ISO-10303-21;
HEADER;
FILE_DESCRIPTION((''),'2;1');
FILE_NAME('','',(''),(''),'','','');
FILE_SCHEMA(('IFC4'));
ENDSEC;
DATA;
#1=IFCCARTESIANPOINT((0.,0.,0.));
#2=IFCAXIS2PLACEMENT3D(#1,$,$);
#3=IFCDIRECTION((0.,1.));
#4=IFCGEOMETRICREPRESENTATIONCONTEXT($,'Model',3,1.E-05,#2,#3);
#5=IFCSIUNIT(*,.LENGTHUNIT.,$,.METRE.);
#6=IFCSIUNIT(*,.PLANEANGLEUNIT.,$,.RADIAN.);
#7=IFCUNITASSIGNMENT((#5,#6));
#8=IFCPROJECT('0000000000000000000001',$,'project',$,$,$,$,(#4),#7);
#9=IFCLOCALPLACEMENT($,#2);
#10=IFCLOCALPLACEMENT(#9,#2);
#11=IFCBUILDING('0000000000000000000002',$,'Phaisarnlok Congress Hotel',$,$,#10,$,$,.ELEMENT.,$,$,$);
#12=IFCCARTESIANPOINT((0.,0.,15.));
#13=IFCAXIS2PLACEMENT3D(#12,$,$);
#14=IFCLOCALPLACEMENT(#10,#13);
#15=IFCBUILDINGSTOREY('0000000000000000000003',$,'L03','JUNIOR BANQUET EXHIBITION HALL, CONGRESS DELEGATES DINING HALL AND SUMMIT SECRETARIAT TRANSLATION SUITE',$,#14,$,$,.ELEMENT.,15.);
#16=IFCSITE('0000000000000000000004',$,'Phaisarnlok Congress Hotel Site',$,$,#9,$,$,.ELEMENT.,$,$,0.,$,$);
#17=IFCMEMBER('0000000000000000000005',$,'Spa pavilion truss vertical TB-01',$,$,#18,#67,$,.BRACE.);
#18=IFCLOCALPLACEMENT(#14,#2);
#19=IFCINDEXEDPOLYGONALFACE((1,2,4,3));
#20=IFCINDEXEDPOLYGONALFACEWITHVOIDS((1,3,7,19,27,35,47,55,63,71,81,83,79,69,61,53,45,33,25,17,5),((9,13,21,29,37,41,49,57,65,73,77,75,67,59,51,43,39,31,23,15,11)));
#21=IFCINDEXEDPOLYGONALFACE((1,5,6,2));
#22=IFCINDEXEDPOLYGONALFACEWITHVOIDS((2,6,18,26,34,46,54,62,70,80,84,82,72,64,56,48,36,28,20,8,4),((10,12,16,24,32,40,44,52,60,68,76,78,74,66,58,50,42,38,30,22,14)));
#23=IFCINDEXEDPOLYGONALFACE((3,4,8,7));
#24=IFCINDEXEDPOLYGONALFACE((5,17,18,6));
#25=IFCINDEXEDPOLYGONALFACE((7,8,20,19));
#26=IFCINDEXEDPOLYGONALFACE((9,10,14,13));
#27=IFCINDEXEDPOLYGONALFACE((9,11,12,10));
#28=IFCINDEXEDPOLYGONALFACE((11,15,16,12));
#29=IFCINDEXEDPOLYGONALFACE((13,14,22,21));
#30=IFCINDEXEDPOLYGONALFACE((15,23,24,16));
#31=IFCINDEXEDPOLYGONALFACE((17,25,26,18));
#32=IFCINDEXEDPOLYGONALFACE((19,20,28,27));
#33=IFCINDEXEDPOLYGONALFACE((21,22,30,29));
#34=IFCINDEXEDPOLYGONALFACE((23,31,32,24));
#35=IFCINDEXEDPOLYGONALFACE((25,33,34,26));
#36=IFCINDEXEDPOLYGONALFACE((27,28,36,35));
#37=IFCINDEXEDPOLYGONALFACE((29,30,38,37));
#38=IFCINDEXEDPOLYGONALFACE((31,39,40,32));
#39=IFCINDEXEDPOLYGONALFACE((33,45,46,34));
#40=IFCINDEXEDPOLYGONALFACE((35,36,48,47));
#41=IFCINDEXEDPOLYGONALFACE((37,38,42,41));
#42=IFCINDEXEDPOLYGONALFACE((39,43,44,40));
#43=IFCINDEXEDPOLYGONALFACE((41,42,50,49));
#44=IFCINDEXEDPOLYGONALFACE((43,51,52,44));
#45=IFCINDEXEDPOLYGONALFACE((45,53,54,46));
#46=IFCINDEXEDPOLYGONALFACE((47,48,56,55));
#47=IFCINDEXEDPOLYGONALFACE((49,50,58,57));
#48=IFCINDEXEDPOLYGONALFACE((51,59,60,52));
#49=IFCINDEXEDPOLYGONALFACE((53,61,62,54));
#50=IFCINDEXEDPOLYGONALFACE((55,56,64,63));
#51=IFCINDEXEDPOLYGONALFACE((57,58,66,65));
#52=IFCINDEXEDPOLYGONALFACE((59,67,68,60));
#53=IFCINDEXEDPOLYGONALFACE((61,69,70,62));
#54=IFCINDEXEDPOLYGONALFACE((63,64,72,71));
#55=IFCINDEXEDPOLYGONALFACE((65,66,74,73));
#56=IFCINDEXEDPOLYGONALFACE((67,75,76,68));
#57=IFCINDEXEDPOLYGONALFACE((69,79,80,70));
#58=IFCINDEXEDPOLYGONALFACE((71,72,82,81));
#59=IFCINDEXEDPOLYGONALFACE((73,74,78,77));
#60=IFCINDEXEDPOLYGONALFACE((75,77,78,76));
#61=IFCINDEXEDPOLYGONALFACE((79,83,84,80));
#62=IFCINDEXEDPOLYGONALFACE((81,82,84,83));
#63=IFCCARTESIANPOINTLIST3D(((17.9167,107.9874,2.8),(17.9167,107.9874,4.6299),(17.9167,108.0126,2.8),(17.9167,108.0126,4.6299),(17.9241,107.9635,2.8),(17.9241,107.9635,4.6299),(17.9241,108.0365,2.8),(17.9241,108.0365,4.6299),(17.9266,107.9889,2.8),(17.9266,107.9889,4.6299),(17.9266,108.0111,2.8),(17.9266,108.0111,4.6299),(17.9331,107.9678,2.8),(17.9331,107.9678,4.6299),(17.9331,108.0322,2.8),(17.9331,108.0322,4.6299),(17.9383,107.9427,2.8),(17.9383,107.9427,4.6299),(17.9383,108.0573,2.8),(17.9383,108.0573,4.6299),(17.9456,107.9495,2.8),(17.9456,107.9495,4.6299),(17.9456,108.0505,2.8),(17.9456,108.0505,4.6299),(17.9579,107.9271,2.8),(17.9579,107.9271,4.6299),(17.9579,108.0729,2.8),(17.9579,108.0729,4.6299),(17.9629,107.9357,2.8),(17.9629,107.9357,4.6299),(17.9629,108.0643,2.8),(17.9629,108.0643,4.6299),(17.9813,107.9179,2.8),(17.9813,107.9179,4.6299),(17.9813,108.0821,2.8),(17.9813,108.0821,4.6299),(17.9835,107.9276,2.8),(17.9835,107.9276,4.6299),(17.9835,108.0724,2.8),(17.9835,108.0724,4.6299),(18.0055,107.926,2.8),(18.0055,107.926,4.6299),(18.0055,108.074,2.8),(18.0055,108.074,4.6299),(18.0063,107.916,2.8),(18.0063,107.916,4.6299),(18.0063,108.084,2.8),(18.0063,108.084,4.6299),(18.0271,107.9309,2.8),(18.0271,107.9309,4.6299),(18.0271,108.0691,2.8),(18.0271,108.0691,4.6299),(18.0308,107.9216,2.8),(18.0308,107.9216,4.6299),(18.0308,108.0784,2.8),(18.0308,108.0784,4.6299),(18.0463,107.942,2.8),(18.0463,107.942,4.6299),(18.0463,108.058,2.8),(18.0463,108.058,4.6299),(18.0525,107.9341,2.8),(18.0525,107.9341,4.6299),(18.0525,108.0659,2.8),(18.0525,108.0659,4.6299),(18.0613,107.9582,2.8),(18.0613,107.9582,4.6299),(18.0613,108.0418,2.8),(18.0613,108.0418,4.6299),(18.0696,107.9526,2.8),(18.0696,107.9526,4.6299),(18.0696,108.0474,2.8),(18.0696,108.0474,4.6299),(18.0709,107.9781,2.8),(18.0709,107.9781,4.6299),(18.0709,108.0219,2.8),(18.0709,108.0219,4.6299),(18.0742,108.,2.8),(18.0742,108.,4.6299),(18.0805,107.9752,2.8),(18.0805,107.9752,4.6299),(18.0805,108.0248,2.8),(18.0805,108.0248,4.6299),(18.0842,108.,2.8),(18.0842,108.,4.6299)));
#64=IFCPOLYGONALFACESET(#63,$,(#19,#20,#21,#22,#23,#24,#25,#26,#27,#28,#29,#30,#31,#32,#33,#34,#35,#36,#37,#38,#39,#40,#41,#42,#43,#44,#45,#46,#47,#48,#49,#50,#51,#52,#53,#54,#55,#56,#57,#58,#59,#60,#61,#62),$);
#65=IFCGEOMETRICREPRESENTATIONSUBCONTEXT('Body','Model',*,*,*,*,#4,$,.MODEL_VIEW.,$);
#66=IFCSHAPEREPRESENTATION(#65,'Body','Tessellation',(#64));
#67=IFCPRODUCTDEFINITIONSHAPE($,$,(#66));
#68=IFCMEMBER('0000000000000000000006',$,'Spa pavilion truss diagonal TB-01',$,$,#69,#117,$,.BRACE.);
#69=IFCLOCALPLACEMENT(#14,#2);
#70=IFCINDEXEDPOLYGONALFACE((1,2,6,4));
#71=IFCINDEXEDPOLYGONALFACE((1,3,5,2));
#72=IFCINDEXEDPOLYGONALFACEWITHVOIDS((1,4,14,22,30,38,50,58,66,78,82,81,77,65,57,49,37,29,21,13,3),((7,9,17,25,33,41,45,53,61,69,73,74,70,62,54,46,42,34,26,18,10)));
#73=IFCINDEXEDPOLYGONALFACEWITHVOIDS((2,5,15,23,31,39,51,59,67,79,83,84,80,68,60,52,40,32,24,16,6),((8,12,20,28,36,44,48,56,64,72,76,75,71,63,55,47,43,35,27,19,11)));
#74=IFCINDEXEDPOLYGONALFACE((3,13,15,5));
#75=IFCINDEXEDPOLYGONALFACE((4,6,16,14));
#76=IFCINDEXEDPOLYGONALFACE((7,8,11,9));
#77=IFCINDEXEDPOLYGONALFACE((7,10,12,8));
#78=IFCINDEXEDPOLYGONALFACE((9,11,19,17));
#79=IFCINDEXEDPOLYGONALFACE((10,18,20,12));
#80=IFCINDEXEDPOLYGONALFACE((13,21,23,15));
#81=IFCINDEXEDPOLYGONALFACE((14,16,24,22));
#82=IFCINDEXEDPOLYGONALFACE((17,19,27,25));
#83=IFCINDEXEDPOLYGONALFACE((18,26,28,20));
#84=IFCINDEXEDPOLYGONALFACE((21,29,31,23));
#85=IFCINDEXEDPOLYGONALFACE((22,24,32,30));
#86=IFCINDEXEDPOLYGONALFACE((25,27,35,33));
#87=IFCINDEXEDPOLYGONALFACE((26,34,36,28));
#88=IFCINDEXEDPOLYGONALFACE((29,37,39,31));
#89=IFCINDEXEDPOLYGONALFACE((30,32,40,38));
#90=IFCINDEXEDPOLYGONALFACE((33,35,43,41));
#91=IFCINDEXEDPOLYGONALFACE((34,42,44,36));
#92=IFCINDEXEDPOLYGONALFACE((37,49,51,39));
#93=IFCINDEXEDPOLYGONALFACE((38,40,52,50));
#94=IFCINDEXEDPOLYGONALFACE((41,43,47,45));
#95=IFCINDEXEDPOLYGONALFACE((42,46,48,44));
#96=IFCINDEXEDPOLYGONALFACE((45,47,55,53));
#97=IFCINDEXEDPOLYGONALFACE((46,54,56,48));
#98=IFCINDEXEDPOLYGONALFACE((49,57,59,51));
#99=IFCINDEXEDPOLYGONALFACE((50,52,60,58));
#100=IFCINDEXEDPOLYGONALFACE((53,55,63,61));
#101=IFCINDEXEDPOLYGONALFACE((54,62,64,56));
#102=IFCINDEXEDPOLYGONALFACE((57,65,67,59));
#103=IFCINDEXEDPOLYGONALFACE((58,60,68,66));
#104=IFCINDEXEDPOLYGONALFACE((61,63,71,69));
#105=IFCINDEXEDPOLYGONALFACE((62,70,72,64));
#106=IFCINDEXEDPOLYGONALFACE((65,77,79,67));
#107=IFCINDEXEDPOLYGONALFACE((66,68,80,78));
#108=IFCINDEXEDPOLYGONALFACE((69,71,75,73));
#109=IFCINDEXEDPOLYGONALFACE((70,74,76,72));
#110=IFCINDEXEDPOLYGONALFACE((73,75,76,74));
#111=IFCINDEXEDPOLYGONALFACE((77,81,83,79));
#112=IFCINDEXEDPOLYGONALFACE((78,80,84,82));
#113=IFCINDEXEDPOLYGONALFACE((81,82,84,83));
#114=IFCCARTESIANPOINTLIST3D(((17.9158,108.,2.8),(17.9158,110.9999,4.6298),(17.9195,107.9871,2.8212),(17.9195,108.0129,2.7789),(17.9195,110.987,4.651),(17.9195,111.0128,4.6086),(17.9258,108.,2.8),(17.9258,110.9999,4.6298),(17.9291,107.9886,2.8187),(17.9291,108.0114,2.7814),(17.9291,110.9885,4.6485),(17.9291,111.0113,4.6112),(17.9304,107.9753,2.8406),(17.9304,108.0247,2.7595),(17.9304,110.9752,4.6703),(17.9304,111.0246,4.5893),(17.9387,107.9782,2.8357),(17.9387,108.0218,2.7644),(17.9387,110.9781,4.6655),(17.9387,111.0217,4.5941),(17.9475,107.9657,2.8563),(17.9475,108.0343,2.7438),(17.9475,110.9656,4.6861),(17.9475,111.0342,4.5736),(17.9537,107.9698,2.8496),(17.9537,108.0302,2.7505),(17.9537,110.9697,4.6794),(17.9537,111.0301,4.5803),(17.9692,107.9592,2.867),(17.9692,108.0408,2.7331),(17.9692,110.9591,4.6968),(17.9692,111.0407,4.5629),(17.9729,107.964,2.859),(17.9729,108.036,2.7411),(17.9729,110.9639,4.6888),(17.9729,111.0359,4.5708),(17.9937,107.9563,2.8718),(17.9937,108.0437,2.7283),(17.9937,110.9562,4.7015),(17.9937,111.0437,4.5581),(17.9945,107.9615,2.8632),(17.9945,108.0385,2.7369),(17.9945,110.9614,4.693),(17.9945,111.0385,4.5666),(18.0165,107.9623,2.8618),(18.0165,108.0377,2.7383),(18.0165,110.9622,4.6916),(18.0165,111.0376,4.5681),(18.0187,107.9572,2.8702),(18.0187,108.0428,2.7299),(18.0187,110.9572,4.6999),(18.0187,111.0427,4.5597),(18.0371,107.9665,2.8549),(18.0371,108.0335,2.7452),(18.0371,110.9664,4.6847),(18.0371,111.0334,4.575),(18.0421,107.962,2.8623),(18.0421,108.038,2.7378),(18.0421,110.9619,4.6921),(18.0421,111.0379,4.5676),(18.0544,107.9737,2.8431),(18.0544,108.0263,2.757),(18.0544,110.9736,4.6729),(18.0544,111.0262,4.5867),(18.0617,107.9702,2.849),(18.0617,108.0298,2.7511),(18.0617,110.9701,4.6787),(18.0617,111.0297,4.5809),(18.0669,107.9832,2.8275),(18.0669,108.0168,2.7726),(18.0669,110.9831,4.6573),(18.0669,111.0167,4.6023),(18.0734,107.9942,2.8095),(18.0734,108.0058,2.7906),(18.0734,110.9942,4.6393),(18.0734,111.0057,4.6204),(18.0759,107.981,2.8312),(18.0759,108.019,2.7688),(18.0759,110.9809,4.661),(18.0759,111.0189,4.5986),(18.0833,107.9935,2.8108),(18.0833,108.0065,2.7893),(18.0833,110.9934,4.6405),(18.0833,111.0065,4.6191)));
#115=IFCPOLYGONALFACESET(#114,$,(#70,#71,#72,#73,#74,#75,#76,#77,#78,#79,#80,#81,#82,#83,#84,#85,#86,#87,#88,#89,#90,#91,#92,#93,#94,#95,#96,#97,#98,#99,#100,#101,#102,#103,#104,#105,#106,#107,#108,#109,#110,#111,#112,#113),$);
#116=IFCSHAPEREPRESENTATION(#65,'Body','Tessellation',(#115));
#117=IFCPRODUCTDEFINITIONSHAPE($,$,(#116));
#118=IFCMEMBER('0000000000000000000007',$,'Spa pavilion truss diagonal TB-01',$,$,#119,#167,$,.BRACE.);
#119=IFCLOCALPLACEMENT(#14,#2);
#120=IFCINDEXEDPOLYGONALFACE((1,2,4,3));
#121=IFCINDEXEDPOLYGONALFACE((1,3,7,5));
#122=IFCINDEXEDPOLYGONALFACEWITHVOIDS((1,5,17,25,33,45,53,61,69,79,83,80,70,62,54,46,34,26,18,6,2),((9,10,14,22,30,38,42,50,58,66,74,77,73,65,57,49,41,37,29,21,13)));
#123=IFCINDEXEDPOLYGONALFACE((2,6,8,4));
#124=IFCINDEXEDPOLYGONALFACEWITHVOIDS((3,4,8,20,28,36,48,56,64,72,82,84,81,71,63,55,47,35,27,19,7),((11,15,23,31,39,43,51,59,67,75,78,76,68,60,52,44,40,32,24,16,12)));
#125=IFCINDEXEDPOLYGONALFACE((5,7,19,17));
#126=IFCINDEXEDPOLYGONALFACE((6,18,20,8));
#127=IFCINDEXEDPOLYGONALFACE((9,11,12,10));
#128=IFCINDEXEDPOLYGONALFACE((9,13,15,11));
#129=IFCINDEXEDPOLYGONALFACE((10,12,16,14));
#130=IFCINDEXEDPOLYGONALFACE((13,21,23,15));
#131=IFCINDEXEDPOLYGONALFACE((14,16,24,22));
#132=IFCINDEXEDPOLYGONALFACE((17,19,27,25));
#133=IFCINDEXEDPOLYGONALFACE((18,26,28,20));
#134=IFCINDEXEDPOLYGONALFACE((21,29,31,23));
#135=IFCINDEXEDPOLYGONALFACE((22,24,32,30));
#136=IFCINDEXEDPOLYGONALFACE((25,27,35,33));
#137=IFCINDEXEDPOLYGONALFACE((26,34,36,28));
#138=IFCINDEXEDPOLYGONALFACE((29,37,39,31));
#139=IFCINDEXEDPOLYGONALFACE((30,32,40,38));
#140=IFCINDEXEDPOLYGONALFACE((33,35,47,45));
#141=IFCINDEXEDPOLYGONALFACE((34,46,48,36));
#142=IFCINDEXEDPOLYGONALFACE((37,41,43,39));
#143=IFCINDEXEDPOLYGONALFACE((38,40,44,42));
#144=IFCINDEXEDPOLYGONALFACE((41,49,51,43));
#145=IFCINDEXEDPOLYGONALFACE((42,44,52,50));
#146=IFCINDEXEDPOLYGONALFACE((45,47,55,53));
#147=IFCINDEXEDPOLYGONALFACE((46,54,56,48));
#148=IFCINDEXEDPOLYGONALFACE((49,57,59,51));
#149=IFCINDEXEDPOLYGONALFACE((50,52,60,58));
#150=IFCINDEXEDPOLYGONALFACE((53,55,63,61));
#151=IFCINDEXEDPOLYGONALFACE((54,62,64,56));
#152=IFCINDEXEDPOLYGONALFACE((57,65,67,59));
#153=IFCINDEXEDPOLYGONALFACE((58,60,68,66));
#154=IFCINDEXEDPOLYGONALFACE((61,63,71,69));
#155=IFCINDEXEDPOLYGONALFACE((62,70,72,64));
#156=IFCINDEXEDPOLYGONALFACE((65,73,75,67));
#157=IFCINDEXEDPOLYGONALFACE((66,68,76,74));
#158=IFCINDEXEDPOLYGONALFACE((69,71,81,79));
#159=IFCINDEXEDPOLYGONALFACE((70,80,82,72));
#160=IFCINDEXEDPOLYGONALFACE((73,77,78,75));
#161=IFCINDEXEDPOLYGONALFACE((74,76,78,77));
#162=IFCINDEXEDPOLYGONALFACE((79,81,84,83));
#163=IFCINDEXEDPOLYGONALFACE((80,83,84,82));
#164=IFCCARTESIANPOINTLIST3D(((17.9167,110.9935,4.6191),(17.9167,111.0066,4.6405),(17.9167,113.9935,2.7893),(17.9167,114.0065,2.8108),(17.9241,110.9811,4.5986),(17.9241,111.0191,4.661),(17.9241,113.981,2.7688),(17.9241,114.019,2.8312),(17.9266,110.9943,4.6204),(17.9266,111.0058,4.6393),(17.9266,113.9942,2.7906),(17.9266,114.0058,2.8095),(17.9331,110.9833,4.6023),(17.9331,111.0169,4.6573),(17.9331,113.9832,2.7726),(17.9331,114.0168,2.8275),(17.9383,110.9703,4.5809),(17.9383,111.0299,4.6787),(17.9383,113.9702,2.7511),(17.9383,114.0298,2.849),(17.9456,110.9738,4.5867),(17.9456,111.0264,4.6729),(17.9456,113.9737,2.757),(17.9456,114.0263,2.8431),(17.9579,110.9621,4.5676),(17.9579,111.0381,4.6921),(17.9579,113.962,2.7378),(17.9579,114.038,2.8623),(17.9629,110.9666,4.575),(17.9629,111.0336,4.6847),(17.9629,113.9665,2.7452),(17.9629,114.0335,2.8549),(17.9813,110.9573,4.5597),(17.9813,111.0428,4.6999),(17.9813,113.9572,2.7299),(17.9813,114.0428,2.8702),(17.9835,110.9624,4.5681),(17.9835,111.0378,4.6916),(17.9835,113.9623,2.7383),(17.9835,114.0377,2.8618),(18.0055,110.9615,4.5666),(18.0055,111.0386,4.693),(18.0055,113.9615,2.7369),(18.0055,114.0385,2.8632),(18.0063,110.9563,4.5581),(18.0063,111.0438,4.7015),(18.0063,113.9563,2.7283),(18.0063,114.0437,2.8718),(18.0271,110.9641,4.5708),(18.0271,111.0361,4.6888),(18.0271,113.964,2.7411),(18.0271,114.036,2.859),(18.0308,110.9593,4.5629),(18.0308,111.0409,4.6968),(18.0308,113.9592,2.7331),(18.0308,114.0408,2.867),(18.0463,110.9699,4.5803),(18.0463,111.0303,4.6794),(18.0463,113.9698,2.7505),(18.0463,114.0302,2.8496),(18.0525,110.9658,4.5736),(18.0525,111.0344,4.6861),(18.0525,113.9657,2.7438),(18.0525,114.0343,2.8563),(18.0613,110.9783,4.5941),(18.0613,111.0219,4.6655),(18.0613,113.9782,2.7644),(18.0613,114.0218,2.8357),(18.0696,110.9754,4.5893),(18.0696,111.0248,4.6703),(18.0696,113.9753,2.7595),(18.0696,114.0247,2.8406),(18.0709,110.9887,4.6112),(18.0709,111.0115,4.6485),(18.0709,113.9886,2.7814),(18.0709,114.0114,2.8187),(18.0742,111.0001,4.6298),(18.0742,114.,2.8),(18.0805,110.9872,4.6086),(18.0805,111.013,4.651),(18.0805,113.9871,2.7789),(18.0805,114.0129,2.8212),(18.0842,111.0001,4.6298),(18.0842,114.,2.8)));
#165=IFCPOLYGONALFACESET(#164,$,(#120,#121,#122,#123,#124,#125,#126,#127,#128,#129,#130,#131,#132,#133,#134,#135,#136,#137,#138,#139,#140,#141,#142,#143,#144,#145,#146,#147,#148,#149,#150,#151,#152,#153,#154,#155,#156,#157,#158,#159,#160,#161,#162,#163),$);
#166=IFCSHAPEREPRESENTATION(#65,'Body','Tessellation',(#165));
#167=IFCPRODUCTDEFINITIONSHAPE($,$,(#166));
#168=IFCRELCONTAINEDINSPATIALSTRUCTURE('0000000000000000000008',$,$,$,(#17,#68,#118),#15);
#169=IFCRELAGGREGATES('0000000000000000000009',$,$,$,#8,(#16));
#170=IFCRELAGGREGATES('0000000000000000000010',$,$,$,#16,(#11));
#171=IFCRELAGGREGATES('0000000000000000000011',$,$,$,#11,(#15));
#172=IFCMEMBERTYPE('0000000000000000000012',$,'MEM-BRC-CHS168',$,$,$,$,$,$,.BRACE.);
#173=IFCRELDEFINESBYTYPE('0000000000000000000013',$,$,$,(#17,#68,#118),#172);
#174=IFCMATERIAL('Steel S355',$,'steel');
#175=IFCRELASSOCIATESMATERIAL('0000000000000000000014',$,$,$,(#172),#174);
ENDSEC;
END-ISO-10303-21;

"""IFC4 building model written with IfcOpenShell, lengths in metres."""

from ifc_helpers import new_model, si_unit, direction, frame, origin, origin_2d, place, context, subcontext, project, spatial, hollow_circle, extrude, material, material_profile, profile_set, type_object, element, save


model = new_model("IFC4")

# Units and contexts
model_context = context("Model", 3, precision=1e-05, world=origin(), true_north=direction((0.0, 1.0)))
body_context = subcontext(model_context, "Body", "Model", "MODEL_VIEW")
ifc_project = project(units=[si_unit("LENGTHUNIT", "METRE"), si_unit("PLANEANGLEUNIT", "RADIAN")], contexts=[model_context])

# Site, building, storey
site_placement = place(None, origin())
site = spatial("IfcSite", under=ifc_project, at=site_placement, Name="Phaisarnlok Congress Hotel Site", CompositionType="ELEMENT", RefElevation=0.0)
building_placement = place(site_placement, origin())
building = spatial("IfcBuilding", under=site, at=building_placement, Name="Phaisarnlok Congress Hotel", CompositionType="ELEMENT")
storey_placement = place(building_placement, frame((0.0, 0.0, 15.0)))
storey = spatial("IfcBuildingStorey", under=building, at=storey_placement, Name="L03", Description="JUNIOR BANQUET EXHIBITION HALL, CONGRESS DELEGATES DINING HALL AND SUMMIT SECRETARIAT TRANSLATION SUITE", CompositionType="ELEMENT", Elevation=15.0)

# Members
ifc_material_1 = material(Name="Steel S355", Category="steel")
ifc_material_profile_1 = material_profile(ifc_material_1, hollow_circle(Radius=0.0842, WallThickness=0.01, at=origin_2d()), Name="CHS 168.3x10")
ifc_profile_set_1 = profile_set([ifc_material_profile_1], Name="Steel S355")
member_type_1 = type_object("IfcMemberType", Name="MEM-BRC-CHS168", PredefinedType="BRACE", material=ifc_profile_set_1)
member_1_placement = place(storey_placement, frame((18.0, 108.0, 2.8), z_axis=(0.0, 0.0, 1.0), x_axis=(1.0, 0.0, 0.0)))
element("IfcMember", 1, at=member_1_placement, inside=storey, type_object=member_type_1, Name="Spa pavilion truss vertical TB-01", PredefinedType="BRACE", context=body_context, shape_type="SweptSolid", body=[
    extrude(hollow_circle(Radius=0.0842, WallThickness=0.01, at=origin_2d()), origin(), (0.0, 0.0, 1.0), 1.8298),
])
for number, where, z_axis, x_axis, name in (
    (2, (18.0, 108.0, 2.8), (0.0, 0.853725, 0.520725), (-1.0, 0.0, 0.0), "Spa pavilion truss diagonal TB-01"),
    (3, (18.0, 114.0, 2.8), (0.0, -0.853725, 0.520725), (1.0, 0.0, 0.0), "Spa pavilion truss diagonal TB-01"),
):
    element("IfcMember", number, at=place(storey_placement, frame(where, z_axis=z_axis, x_axis=x_axis)), inside=storey, type_object=member_type_1, Name=name, PredefinedType="BRACE", context=body_context, shape_type="SweptSolid", body=[
        extrude(hollow_circle(Radius=0.0842, WallThickness=0.01, at=origin_2d()), origin(), (0.0, 0.0, 1.0), 3.5139),
    ])

save(model, "model.ifc")
